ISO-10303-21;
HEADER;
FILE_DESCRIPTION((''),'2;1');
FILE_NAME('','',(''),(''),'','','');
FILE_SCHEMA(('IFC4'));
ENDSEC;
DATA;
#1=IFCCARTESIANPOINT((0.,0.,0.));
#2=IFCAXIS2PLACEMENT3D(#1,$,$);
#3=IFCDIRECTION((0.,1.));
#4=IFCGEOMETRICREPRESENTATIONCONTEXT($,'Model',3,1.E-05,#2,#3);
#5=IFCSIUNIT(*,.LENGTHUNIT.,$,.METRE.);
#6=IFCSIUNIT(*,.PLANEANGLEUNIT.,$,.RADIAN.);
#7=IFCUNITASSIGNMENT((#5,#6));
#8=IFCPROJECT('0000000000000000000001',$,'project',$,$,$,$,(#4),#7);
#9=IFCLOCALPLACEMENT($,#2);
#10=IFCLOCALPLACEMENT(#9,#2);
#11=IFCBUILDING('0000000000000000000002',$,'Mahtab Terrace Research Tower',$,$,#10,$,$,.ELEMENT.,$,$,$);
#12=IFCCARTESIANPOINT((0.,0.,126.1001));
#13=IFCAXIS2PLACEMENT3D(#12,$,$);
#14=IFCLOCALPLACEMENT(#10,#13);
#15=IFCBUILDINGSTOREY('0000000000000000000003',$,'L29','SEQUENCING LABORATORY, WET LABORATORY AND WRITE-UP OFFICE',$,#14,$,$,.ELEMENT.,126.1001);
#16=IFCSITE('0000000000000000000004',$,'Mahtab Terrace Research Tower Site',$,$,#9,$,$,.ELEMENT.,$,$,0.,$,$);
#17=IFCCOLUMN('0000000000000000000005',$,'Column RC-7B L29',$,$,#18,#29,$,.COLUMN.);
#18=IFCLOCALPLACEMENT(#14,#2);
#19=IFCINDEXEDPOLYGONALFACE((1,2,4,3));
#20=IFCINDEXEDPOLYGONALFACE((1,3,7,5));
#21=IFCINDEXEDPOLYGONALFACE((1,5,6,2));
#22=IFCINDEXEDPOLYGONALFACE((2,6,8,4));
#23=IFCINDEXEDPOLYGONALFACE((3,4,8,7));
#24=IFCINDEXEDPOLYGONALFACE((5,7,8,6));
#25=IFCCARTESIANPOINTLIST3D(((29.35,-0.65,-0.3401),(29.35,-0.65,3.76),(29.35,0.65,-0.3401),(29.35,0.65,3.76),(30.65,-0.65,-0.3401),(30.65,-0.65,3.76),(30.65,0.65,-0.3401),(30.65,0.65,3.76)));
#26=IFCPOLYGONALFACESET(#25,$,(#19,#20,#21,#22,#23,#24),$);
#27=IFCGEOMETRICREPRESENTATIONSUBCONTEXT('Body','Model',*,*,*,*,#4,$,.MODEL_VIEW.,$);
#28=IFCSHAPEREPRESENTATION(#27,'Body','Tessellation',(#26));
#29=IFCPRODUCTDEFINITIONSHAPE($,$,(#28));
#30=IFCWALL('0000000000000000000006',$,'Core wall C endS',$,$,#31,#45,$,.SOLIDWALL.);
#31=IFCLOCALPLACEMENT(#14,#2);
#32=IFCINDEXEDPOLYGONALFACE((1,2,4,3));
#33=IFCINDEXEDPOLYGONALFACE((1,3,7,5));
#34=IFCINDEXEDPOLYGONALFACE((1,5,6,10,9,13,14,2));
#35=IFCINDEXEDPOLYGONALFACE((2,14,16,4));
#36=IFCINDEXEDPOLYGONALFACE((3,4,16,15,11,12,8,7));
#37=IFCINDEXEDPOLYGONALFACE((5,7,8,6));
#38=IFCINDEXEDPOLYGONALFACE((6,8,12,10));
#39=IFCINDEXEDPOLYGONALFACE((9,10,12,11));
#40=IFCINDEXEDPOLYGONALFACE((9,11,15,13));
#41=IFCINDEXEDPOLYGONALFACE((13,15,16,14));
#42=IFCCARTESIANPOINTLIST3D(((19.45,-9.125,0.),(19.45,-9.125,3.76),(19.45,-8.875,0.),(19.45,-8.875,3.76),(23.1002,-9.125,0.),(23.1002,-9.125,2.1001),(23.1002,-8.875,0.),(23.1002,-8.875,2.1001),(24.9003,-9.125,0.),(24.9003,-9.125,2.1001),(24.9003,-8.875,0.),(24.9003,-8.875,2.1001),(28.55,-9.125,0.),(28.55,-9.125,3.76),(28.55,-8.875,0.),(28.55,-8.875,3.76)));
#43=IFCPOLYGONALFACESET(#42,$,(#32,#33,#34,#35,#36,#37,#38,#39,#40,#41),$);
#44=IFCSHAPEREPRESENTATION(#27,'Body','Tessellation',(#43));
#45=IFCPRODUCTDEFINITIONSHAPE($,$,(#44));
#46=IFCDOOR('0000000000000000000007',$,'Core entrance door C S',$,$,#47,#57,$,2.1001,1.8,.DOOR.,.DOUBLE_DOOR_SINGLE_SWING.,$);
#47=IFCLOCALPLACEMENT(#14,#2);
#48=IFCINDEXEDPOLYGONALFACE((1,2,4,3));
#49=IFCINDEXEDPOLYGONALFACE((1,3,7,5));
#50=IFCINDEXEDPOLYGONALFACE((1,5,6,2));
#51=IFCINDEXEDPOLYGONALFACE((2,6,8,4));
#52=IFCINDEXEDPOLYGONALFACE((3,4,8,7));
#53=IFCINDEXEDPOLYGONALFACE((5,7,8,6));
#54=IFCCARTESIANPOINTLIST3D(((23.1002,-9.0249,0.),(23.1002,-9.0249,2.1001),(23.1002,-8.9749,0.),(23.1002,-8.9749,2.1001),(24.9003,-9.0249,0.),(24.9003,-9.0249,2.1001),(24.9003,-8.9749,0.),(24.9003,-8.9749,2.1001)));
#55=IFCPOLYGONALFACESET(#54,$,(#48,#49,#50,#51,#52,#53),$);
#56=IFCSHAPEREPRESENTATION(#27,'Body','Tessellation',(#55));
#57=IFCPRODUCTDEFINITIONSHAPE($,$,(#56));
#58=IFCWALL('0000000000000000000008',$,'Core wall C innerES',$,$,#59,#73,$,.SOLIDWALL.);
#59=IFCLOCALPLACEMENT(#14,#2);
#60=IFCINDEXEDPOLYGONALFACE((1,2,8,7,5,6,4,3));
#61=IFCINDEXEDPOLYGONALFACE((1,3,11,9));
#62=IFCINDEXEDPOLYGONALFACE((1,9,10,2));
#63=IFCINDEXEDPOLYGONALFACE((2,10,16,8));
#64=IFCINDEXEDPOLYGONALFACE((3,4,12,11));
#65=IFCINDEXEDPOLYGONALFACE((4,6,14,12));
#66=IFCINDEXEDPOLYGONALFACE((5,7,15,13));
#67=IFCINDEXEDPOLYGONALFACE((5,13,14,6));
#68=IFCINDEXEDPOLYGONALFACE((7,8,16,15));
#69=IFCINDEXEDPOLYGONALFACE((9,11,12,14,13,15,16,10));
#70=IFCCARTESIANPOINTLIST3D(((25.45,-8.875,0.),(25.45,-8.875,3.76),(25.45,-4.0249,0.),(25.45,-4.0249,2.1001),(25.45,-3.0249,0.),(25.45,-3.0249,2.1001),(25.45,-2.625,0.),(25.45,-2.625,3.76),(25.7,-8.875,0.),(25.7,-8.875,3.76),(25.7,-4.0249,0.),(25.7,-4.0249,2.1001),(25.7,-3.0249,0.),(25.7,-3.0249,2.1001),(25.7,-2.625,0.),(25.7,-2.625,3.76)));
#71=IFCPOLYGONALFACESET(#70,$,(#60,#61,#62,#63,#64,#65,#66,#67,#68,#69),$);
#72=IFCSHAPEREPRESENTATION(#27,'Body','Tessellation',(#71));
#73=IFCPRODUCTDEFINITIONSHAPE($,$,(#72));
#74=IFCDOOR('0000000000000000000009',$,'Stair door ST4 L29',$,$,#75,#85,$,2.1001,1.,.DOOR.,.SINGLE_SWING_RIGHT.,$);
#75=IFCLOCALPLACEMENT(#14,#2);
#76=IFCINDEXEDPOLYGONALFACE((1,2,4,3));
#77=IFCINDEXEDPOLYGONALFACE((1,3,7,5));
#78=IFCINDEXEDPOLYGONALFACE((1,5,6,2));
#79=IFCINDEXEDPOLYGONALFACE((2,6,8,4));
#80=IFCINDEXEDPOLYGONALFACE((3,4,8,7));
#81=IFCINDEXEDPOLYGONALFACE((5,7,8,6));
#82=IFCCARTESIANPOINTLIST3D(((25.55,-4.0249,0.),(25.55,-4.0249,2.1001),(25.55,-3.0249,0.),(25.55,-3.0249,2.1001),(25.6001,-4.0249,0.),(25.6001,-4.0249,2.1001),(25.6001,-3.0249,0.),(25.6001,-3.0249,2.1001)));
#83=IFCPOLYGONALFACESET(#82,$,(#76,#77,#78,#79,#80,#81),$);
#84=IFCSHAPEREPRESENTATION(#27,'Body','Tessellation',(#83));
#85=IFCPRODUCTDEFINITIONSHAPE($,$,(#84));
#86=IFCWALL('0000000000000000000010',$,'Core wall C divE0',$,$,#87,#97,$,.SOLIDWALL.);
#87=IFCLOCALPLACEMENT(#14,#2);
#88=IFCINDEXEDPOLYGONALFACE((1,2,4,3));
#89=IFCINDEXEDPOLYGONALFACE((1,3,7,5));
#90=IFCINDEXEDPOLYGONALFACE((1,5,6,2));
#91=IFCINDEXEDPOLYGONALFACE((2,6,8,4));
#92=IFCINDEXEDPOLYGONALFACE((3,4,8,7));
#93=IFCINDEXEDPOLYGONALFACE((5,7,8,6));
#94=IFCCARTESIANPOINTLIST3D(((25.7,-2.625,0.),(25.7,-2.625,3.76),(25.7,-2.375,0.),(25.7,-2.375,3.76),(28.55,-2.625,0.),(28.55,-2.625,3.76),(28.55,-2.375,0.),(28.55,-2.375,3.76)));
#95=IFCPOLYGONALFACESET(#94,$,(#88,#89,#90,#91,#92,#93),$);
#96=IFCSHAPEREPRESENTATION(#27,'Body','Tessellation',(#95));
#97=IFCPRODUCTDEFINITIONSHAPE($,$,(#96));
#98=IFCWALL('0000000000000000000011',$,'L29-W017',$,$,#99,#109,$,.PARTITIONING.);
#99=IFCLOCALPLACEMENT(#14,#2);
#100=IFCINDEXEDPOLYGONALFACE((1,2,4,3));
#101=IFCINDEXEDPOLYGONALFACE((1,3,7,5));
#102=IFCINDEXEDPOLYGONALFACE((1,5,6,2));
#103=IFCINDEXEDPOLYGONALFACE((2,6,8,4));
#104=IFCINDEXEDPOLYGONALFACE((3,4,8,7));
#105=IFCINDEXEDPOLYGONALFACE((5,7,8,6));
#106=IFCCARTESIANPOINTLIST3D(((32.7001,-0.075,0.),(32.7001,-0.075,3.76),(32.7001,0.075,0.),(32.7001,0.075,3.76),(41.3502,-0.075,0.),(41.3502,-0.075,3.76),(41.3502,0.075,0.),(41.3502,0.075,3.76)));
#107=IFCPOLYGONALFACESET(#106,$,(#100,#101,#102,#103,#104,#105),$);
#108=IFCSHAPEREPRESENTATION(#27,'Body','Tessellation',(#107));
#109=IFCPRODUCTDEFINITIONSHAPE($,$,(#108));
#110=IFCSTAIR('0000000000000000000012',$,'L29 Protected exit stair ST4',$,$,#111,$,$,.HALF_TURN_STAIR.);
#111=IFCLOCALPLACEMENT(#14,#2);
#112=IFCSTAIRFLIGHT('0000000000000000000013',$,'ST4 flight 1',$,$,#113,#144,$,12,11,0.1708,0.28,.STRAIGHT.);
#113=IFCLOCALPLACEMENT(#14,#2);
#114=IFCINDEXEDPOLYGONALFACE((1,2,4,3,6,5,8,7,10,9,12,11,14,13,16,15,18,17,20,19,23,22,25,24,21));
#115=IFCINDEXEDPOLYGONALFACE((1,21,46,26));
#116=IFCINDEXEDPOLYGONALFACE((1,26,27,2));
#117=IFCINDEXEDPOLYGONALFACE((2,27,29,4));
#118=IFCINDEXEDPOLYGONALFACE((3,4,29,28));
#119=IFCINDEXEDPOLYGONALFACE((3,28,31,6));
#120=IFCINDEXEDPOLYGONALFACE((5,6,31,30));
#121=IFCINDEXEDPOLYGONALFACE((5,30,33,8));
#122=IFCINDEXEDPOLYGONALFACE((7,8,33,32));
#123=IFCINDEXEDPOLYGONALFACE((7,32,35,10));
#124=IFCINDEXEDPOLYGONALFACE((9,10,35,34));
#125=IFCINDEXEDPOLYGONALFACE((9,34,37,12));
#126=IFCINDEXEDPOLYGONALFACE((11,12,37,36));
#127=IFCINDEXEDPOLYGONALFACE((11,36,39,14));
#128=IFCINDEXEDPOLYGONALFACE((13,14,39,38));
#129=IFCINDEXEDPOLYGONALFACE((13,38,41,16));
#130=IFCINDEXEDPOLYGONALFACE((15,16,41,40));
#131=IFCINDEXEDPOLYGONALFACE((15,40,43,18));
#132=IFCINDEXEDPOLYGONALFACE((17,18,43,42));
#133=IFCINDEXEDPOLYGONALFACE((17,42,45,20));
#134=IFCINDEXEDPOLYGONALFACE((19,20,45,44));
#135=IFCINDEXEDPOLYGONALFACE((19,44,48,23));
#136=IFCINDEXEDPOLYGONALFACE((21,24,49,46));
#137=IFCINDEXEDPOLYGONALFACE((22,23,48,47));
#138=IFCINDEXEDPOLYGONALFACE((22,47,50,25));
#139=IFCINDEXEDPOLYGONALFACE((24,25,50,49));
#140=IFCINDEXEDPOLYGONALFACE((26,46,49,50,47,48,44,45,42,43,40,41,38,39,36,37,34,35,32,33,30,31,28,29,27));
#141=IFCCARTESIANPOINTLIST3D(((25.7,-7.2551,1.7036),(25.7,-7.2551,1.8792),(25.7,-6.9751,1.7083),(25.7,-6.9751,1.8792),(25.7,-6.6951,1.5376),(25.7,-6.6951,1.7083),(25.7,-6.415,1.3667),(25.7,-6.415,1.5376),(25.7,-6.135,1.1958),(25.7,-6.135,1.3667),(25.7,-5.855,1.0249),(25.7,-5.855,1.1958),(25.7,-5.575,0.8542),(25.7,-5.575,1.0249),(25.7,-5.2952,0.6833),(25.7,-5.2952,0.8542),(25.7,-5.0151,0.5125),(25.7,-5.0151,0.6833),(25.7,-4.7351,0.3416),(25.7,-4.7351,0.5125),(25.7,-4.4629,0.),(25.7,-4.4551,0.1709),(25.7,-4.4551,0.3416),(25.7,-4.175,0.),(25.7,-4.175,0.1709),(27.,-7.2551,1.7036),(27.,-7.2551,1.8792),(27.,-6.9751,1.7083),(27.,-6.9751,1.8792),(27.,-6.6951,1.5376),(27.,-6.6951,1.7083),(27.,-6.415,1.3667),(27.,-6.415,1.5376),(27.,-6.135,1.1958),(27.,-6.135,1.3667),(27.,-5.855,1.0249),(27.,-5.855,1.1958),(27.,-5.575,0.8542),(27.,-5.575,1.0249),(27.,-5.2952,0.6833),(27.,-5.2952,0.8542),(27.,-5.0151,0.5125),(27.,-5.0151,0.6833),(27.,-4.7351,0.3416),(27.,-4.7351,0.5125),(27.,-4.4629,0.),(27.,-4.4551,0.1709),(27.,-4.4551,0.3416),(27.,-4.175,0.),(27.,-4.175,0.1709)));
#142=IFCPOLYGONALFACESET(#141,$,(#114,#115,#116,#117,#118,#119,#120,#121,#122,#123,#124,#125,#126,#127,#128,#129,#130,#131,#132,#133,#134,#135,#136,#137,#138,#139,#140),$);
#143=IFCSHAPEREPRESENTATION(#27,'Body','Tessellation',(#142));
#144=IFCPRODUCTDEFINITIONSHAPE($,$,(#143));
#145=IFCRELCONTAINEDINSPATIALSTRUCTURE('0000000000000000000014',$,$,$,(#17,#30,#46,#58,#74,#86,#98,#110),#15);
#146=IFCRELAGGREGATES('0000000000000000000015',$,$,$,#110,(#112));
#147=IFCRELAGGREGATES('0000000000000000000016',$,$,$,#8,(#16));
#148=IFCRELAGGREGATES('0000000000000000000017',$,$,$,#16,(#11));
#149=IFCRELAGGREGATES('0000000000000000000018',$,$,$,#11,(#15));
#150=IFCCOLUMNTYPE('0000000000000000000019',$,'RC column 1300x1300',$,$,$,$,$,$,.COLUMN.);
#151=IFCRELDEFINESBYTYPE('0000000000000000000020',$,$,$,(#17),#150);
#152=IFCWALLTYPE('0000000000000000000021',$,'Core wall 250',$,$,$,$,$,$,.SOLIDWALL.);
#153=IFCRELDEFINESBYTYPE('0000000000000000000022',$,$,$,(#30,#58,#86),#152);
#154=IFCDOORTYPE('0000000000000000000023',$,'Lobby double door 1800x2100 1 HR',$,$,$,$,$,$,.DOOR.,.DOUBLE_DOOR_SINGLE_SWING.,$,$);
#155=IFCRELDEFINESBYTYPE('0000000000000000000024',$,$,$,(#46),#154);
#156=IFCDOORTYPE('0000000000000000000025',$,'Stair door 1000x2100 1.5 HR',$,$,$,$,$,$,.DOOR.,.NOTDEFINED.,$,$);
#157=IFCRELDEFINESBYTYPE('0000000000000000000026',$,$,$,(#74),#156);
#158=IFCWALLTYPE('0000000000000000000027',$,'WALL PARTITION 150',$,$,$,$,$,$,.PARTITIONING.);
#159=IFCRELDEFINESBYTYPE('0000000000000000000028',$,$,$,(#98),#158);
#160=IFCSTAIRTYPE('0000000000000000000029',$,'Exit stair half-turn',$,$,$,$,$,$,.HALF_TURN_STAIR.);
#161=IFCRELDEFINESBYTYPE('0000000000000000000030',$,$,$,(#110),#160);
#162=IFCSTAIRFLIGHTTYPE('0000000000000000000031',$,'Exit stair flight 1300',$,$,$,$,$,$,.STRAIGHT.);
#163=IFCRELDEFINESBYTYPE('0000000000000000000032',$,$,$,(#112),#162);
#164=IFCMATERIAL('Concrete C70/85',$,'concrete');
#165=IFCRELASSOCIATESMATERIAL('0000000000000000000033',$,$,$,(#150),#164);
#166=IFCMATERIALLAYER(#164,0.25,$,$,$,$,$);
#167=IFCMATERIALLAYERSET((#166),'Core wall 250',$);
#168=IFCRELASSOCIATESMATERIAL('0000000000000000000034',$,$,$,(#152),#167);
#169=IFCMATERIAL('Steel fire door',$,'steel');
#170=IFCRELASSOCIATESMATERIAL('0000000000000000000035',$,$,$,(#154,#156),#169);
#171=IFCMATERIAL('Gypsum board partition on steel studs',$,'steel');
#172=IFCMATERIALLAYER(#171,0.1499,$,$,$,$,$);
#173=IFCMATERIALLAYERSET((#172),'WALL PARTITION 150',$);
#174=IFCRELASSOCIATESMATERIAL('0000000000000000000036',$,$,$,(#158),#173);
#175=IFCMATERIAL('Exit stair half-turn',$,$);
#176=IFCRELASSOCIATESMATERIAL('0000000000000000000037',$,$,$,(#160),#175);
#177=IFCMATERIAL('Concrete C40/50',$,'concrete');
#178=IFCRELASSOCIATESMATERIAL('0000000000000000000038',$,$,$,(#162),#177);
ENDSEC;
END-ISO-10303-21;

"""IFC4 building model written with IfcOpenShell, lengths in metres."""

from ifc_helpers import new_model, si_unit, direction, frame, frame_2d, origin, origin_2d, place, context, subcontext, project, spatial, polyline, rectangle, outline, extrude, material, layer, layer_set, material_profile, profile_set, type_object, element, fill, aggregate, save


model = new_model("IFC4")

# Units and contexts
model_context = context("Model", 3, precision=1e-05, world=origin(), true_north=direction((0.0, 1.0)))
body_context = subcontext(model_context, "Body", "Model", "MODEL_VIEW")
ifc_project = project(units=[si_unit("LENGTHUNIT", "METRE"), si_unit("PLANEANGLEUNIT", "RADIAN")], contexts=[model_context])

# Site, building, storey
site_placement = place(None, origin())
site = spatial("IfcSite", under=ifc_project, at=site_placement, Name="Mahtab Terrace Research Tower Site", CompositionType="ELEMENT", RefElevation=0.0)
building_placement = place(site_placement, origin())
building = spatial("IfcBuilding", under=site, at=building_placement, Name="Mahtab Terrace Research Tower", CompositionType="ELEMENT")
storey_placement = place(building_placement, frame((0.0, 0.0, 126.1001)))
storey = spatial("IfcBuildingStorey", under=building, at=storey_placement, Name="L29", Description="SEQUENCING LABORATORY, WET LABORATORY AND WRITE-UP OFFICE", CompositionType="ELEMENT", Elevation=126.1001)

# Column
ifc_material_1 = material(Name="Concrete C70/85", Category="concrete")
ifc_material_profile = material_profile(ifc_material_1, rectangle(XDim=1.3, YDim=1.3, at=origin_2d()), Name="RC column 1300x1300")
ifc_profile_set = profile_set([ifc_material_profile], Name="Concrete C70/85")
column_type = type_object("IfcColumnType", Name="RC column 1300x1300", PredefinedType="COLUMN", material=ifc_profile_set)
column_placement = place(storey_placement, frame((30.0, 0.0, -0.3401), z_axis=(0.0, 0.0, 1.0), x_axis=(1.0, 0.0, 0.0)))
element("IfcColumn", 1, at=column_placement, inside=storey, type_object=column_type, Name="Column RC-7B L29", PredefinedType="COLUMN", context=body_context, shape_type="SweptSolid", body=[
    extrude(rectangle(XDim=1.3, YDim=1.3, at=origin_2d()), origin(), (0.0, 0.0, 1.0), 4.1001),
])

# Walls, openings, doors
ifc_layer_1 = layer(ifc_material_1, 0.25)
ifc_layer_set_1 = layer_set([ifc_layer_1], Name="Core wall 250")
wall_type_1 = type_object("IfcWallType", Name="Core wall 250", PredefinedType="SOLIDWALL", material=ifc_layer_set_1)
wall_1_placement = place(storey_placement, frame((28.55, -9.0, 0.0), z_axis=(0.0, 0.0, 1.0), x_axis=(-1.0, 0.0, 0.0)))
wall_1 = element("IfcWall", 2, at=wall_1_placement, inside=storey, type_object=wall_type_1, Name="Core wall C endS", PredefinedType="SOLIDWALL", context=body_context, shape_type="SweptSolid", body=[
    extrude(rectangle(XDim=9.1001, YDim=0.25, at=frame_2d((4.55, 0.0))), origin(), (0.0, 0.0, 1.0), 3.76),
])
opening_1_placement = place(wall_1_placement, frame((3.6499, 0.0, 0.0)))
opening_1 = element("IfcOpeningElement", 3, at=opening_1_placement, cuts=wall_1, PredefinedType="OPENING", context=body_context, shape_type="SweptSolid", body=[
    extrude(rectangle(XDim=1.8, YDim=2.1001, at=frame_2d((0.8999, 1.05))), frame((0.0, 0.135, 0.0), z_axis=(0.0, -1.0, 0.0), x_axis=(1.0, 0.0, 0.0)), (0.0, 0.0, 1.0), 0.27),
])
ifc_material_2 = material(Name="Steel fire door", Category="steel")
door_type_1 = type_object("IfcDoorType", Name="Lobby double door 1800x2100 1 HR", OperationType="DOUBLE_DOOR_SINGLE_SWING", PredefinedType="DOOR", material=ifc_material_2)
door_1_placement = place(opening_1_placement, origin())
door_1 = element("IfcDoor", 4, at=door_1_placement, inside=storey, type_object=door_type_1, Name="Core entrance door C S", OperationType="DOUBLE_DOOR_SINGLE_SWING", OverallHeight=2.1001, OverallWidth=1.8, PredefinedType="DOOR", context=body_context, shape_type="SweptSolid", body=[
    extrude(rectangle(XDim=1.8, YDim=2.1001, at=frame_2d((0.8999, 1.05))), frame((0.0, 0.0249, 0.0), z_axis=(0.0, -1.0, 0.0), x_axis=(1.0, 0.0, 0.0)), (0.0, 0.0, 1.0), 0.05),
])
fill(opening_1, door_1)
wall_2_placement = place(storey_placement, frame((25.575, -8.875, 0.0), z_axis=(0.0, 0.0, 1.0), x_axis=(0.0, 1.0, 0.0)))
wall_2 = element("IfcWall", 5, at=wall_2_placement, inside=storey, type_object=wall_type_1, Name="Core wall C innerES", PredefinedType="SOLIDWALL", context=body_context, shape_type="SweptSolid", body=[
    extrude(rectangle(XDim=6.25, YDim=0.25, at=frame_2d((3.125, 0.0))), origin(), (0.0, 0.0, 1.0), 3.76),
])
opening_2_placement = place(wall_2_placement, frame((4.8501, 0.0, 0.0)))
opening_2 = element("IfcOpeningElement", 6, at=opening_2_placement, cuts=wall_2, PredefinedType="OPENING", context=body_context, shape_type="SweptSolid", body=[
    extrude(rectangle(XDim=1.0, YDim=2.1001, at=frame_2d((0.5, 1.05))), frame((0.0, 0.135, 0.0), z_axis=(0.0, -1.0, 0.0), x_axis=(1.0, 0.0, 0.0)), (0.0, 0.0, 1.0), 0.27),
])
door_type_2 = type_object("IfcDoorType", Name="Stair door 1000x2100 1.5 HR", OperationType="NOTDEFINED", PredefinedType="DOOR", material=ifc_material_2)
door_2_placement = place(opening_2_placement, origin())
door_2 = element("IfcDoor", 7, at=door_2_placement, inside=storey, type_object=door_type_2, Name="Stair door ST4 L29", OperationType="SINGLE_SWING_RIGHT", OverallHeight=2.1001, OverallWidth=1.0, PredefinedType="DOOR", context=body_context, shape_type="SweptSolid", body=[
    extrude(rectangle(XDim=1.0, YDim=2.1001, at=frame_2d((0.5, 1.05))), frame((0.0, 0.0249, 0.0), z_axis=(0.0, -1.0, 0.0), x_axis=(1.0, 0.0, 0.0)), (0.0, 0.0, 1.0), 0.05),
])
fill(opening_2, door_2)

# Walls
wall_3_placement = place(storey_placement, frame((25.7, -2.5, 0.0), z_axis=(0.0, 0.0, 1.0), x_axis=(1.0, 0.0, 0.0)))
element("IfcWall", 8, at=wall_3_placement, inside=storey, type_object=wall_type_1, Name="Core wall C divE0", PredefinedType="SOLIDWALL", context=body_context, shape_type="SweptSolid", body=[
    extrude(rectangle(XDim=2.8501, YDim=0.25, at=frame_2d((1.425, 0.0))), origin(), (0.0, 0.0, 1.0), 3.76),
])
ifc_material_3 = material(Name="Gypsum board partition on steel studs", Category="steel")
ifc_layer_2 = layer(ifc_material_3, 0.1499)
ifc_layer_set_2 = layer_set([ifc_layer_2], Name="WALL PARTITION 150")
wall_type_2 = type_object("IfcWallType", Name="WALL PARTITION 150", PredefinedType="PARTITIONING", material=ifc_layer_set_2)
wall_4_placement = place(storey_placement, frame((32.7, 0.0, 0.0), z_axis=(0.0, 0.0, 1.0), x_axis=(1.0, 0.0, 0.0)))
element("IfcWall", 9, at=wall_4_placement, inside=storey, type_object=wall_type_2, Name="L29-W017", PredefinedType="PARTITIONING", context=body_context, shape_type="SweptSolid", body=[
    extrude(rectangle(XDim=8.6501, YDim=0.1499, at=frame_2d((4.3252, 0.0))), origin(), (0.0, 0.0, 1.0), 3.76),
])

# Stair, stair flight
ifc_material_4 = material(Name="Exit stair half-turn")
stair_type = type_object("IfcStairType", Name="Exit stair half-turn", PredefinedType="HALF_TURN_STAIR", material=ifc_material_4)
stair_placement = place(storey_placement, origin())
stair = element("IfcStair", 10, at=stair_placement, inside=storey, type_object=stair_type, Name="L29 Protected exit stair ST4", PredefinedType="HALF_TURN_STAIR")
ifc_material_5 = material(Name="Concrete C40/50", Category="concrete")
stair_flight_type = type_object("IfcStairFlightType", Name="Exit stair flight 1300", PredefinedType="STRAIGHT", material=ifc_material_5)
stair_flight_1_placement = place(storey_placement, frame((26.3501, -4.175, 0.0), z_axis=(0.0, 0.0, 1.0), x_axis=(0.0, -1.0, 0.0)))
stair_flight_1 = element("IfcStairFlight", 11, at=stair_flight_1_placement, type_object=stair_flight_type, Name="ST4 flight 1", NumberOfRisers=12, NumberOfTreads=11, PredefinedType="STRAIGHT", RiserHeight=0.1708, TreadLength=0.28, context=body_context, shape_type="SweptSolid", body=[
    extrude(outline(polyline([(0.0, 0.0), (0.0, 0.1709), (0.28, 0.1709), (0.28, 0.3416), (0.5601, 0.3416), (0.5601, 0.5125), (0.8401, 0.5125), (0.8401, 0.6833), (1.1201, 0.6833), (1.1201, 0.8542), (1.3999, 0.8542), (1.3999, 1.0249), (1.6799, 1.0249), (1.6799, 1.1958), (1.96, 1.1958), (1.96, 1.3667), (2.24, 1.3667), (2.24, 1.5376), (2.52, 1.5376), (2.52, 1.7083), (2.8, 1.7083), (2.8, 1.8792), (3.0801, 1.8792), (3.0801, 2.05), (3.0801, 1.7036), (0.2878, 0.0), (0.0, 0.0)])), frame((0.0, 0.6499, 0.0), z_axis=(0.0, -1.0, 0.0), x_axis=(1.0, 0.0, 0.0)), (0.0, 0.0, 1.0), 1.3),
])
aggregate(stair, [stair_flight_1])

save(model, "model.ifc")
